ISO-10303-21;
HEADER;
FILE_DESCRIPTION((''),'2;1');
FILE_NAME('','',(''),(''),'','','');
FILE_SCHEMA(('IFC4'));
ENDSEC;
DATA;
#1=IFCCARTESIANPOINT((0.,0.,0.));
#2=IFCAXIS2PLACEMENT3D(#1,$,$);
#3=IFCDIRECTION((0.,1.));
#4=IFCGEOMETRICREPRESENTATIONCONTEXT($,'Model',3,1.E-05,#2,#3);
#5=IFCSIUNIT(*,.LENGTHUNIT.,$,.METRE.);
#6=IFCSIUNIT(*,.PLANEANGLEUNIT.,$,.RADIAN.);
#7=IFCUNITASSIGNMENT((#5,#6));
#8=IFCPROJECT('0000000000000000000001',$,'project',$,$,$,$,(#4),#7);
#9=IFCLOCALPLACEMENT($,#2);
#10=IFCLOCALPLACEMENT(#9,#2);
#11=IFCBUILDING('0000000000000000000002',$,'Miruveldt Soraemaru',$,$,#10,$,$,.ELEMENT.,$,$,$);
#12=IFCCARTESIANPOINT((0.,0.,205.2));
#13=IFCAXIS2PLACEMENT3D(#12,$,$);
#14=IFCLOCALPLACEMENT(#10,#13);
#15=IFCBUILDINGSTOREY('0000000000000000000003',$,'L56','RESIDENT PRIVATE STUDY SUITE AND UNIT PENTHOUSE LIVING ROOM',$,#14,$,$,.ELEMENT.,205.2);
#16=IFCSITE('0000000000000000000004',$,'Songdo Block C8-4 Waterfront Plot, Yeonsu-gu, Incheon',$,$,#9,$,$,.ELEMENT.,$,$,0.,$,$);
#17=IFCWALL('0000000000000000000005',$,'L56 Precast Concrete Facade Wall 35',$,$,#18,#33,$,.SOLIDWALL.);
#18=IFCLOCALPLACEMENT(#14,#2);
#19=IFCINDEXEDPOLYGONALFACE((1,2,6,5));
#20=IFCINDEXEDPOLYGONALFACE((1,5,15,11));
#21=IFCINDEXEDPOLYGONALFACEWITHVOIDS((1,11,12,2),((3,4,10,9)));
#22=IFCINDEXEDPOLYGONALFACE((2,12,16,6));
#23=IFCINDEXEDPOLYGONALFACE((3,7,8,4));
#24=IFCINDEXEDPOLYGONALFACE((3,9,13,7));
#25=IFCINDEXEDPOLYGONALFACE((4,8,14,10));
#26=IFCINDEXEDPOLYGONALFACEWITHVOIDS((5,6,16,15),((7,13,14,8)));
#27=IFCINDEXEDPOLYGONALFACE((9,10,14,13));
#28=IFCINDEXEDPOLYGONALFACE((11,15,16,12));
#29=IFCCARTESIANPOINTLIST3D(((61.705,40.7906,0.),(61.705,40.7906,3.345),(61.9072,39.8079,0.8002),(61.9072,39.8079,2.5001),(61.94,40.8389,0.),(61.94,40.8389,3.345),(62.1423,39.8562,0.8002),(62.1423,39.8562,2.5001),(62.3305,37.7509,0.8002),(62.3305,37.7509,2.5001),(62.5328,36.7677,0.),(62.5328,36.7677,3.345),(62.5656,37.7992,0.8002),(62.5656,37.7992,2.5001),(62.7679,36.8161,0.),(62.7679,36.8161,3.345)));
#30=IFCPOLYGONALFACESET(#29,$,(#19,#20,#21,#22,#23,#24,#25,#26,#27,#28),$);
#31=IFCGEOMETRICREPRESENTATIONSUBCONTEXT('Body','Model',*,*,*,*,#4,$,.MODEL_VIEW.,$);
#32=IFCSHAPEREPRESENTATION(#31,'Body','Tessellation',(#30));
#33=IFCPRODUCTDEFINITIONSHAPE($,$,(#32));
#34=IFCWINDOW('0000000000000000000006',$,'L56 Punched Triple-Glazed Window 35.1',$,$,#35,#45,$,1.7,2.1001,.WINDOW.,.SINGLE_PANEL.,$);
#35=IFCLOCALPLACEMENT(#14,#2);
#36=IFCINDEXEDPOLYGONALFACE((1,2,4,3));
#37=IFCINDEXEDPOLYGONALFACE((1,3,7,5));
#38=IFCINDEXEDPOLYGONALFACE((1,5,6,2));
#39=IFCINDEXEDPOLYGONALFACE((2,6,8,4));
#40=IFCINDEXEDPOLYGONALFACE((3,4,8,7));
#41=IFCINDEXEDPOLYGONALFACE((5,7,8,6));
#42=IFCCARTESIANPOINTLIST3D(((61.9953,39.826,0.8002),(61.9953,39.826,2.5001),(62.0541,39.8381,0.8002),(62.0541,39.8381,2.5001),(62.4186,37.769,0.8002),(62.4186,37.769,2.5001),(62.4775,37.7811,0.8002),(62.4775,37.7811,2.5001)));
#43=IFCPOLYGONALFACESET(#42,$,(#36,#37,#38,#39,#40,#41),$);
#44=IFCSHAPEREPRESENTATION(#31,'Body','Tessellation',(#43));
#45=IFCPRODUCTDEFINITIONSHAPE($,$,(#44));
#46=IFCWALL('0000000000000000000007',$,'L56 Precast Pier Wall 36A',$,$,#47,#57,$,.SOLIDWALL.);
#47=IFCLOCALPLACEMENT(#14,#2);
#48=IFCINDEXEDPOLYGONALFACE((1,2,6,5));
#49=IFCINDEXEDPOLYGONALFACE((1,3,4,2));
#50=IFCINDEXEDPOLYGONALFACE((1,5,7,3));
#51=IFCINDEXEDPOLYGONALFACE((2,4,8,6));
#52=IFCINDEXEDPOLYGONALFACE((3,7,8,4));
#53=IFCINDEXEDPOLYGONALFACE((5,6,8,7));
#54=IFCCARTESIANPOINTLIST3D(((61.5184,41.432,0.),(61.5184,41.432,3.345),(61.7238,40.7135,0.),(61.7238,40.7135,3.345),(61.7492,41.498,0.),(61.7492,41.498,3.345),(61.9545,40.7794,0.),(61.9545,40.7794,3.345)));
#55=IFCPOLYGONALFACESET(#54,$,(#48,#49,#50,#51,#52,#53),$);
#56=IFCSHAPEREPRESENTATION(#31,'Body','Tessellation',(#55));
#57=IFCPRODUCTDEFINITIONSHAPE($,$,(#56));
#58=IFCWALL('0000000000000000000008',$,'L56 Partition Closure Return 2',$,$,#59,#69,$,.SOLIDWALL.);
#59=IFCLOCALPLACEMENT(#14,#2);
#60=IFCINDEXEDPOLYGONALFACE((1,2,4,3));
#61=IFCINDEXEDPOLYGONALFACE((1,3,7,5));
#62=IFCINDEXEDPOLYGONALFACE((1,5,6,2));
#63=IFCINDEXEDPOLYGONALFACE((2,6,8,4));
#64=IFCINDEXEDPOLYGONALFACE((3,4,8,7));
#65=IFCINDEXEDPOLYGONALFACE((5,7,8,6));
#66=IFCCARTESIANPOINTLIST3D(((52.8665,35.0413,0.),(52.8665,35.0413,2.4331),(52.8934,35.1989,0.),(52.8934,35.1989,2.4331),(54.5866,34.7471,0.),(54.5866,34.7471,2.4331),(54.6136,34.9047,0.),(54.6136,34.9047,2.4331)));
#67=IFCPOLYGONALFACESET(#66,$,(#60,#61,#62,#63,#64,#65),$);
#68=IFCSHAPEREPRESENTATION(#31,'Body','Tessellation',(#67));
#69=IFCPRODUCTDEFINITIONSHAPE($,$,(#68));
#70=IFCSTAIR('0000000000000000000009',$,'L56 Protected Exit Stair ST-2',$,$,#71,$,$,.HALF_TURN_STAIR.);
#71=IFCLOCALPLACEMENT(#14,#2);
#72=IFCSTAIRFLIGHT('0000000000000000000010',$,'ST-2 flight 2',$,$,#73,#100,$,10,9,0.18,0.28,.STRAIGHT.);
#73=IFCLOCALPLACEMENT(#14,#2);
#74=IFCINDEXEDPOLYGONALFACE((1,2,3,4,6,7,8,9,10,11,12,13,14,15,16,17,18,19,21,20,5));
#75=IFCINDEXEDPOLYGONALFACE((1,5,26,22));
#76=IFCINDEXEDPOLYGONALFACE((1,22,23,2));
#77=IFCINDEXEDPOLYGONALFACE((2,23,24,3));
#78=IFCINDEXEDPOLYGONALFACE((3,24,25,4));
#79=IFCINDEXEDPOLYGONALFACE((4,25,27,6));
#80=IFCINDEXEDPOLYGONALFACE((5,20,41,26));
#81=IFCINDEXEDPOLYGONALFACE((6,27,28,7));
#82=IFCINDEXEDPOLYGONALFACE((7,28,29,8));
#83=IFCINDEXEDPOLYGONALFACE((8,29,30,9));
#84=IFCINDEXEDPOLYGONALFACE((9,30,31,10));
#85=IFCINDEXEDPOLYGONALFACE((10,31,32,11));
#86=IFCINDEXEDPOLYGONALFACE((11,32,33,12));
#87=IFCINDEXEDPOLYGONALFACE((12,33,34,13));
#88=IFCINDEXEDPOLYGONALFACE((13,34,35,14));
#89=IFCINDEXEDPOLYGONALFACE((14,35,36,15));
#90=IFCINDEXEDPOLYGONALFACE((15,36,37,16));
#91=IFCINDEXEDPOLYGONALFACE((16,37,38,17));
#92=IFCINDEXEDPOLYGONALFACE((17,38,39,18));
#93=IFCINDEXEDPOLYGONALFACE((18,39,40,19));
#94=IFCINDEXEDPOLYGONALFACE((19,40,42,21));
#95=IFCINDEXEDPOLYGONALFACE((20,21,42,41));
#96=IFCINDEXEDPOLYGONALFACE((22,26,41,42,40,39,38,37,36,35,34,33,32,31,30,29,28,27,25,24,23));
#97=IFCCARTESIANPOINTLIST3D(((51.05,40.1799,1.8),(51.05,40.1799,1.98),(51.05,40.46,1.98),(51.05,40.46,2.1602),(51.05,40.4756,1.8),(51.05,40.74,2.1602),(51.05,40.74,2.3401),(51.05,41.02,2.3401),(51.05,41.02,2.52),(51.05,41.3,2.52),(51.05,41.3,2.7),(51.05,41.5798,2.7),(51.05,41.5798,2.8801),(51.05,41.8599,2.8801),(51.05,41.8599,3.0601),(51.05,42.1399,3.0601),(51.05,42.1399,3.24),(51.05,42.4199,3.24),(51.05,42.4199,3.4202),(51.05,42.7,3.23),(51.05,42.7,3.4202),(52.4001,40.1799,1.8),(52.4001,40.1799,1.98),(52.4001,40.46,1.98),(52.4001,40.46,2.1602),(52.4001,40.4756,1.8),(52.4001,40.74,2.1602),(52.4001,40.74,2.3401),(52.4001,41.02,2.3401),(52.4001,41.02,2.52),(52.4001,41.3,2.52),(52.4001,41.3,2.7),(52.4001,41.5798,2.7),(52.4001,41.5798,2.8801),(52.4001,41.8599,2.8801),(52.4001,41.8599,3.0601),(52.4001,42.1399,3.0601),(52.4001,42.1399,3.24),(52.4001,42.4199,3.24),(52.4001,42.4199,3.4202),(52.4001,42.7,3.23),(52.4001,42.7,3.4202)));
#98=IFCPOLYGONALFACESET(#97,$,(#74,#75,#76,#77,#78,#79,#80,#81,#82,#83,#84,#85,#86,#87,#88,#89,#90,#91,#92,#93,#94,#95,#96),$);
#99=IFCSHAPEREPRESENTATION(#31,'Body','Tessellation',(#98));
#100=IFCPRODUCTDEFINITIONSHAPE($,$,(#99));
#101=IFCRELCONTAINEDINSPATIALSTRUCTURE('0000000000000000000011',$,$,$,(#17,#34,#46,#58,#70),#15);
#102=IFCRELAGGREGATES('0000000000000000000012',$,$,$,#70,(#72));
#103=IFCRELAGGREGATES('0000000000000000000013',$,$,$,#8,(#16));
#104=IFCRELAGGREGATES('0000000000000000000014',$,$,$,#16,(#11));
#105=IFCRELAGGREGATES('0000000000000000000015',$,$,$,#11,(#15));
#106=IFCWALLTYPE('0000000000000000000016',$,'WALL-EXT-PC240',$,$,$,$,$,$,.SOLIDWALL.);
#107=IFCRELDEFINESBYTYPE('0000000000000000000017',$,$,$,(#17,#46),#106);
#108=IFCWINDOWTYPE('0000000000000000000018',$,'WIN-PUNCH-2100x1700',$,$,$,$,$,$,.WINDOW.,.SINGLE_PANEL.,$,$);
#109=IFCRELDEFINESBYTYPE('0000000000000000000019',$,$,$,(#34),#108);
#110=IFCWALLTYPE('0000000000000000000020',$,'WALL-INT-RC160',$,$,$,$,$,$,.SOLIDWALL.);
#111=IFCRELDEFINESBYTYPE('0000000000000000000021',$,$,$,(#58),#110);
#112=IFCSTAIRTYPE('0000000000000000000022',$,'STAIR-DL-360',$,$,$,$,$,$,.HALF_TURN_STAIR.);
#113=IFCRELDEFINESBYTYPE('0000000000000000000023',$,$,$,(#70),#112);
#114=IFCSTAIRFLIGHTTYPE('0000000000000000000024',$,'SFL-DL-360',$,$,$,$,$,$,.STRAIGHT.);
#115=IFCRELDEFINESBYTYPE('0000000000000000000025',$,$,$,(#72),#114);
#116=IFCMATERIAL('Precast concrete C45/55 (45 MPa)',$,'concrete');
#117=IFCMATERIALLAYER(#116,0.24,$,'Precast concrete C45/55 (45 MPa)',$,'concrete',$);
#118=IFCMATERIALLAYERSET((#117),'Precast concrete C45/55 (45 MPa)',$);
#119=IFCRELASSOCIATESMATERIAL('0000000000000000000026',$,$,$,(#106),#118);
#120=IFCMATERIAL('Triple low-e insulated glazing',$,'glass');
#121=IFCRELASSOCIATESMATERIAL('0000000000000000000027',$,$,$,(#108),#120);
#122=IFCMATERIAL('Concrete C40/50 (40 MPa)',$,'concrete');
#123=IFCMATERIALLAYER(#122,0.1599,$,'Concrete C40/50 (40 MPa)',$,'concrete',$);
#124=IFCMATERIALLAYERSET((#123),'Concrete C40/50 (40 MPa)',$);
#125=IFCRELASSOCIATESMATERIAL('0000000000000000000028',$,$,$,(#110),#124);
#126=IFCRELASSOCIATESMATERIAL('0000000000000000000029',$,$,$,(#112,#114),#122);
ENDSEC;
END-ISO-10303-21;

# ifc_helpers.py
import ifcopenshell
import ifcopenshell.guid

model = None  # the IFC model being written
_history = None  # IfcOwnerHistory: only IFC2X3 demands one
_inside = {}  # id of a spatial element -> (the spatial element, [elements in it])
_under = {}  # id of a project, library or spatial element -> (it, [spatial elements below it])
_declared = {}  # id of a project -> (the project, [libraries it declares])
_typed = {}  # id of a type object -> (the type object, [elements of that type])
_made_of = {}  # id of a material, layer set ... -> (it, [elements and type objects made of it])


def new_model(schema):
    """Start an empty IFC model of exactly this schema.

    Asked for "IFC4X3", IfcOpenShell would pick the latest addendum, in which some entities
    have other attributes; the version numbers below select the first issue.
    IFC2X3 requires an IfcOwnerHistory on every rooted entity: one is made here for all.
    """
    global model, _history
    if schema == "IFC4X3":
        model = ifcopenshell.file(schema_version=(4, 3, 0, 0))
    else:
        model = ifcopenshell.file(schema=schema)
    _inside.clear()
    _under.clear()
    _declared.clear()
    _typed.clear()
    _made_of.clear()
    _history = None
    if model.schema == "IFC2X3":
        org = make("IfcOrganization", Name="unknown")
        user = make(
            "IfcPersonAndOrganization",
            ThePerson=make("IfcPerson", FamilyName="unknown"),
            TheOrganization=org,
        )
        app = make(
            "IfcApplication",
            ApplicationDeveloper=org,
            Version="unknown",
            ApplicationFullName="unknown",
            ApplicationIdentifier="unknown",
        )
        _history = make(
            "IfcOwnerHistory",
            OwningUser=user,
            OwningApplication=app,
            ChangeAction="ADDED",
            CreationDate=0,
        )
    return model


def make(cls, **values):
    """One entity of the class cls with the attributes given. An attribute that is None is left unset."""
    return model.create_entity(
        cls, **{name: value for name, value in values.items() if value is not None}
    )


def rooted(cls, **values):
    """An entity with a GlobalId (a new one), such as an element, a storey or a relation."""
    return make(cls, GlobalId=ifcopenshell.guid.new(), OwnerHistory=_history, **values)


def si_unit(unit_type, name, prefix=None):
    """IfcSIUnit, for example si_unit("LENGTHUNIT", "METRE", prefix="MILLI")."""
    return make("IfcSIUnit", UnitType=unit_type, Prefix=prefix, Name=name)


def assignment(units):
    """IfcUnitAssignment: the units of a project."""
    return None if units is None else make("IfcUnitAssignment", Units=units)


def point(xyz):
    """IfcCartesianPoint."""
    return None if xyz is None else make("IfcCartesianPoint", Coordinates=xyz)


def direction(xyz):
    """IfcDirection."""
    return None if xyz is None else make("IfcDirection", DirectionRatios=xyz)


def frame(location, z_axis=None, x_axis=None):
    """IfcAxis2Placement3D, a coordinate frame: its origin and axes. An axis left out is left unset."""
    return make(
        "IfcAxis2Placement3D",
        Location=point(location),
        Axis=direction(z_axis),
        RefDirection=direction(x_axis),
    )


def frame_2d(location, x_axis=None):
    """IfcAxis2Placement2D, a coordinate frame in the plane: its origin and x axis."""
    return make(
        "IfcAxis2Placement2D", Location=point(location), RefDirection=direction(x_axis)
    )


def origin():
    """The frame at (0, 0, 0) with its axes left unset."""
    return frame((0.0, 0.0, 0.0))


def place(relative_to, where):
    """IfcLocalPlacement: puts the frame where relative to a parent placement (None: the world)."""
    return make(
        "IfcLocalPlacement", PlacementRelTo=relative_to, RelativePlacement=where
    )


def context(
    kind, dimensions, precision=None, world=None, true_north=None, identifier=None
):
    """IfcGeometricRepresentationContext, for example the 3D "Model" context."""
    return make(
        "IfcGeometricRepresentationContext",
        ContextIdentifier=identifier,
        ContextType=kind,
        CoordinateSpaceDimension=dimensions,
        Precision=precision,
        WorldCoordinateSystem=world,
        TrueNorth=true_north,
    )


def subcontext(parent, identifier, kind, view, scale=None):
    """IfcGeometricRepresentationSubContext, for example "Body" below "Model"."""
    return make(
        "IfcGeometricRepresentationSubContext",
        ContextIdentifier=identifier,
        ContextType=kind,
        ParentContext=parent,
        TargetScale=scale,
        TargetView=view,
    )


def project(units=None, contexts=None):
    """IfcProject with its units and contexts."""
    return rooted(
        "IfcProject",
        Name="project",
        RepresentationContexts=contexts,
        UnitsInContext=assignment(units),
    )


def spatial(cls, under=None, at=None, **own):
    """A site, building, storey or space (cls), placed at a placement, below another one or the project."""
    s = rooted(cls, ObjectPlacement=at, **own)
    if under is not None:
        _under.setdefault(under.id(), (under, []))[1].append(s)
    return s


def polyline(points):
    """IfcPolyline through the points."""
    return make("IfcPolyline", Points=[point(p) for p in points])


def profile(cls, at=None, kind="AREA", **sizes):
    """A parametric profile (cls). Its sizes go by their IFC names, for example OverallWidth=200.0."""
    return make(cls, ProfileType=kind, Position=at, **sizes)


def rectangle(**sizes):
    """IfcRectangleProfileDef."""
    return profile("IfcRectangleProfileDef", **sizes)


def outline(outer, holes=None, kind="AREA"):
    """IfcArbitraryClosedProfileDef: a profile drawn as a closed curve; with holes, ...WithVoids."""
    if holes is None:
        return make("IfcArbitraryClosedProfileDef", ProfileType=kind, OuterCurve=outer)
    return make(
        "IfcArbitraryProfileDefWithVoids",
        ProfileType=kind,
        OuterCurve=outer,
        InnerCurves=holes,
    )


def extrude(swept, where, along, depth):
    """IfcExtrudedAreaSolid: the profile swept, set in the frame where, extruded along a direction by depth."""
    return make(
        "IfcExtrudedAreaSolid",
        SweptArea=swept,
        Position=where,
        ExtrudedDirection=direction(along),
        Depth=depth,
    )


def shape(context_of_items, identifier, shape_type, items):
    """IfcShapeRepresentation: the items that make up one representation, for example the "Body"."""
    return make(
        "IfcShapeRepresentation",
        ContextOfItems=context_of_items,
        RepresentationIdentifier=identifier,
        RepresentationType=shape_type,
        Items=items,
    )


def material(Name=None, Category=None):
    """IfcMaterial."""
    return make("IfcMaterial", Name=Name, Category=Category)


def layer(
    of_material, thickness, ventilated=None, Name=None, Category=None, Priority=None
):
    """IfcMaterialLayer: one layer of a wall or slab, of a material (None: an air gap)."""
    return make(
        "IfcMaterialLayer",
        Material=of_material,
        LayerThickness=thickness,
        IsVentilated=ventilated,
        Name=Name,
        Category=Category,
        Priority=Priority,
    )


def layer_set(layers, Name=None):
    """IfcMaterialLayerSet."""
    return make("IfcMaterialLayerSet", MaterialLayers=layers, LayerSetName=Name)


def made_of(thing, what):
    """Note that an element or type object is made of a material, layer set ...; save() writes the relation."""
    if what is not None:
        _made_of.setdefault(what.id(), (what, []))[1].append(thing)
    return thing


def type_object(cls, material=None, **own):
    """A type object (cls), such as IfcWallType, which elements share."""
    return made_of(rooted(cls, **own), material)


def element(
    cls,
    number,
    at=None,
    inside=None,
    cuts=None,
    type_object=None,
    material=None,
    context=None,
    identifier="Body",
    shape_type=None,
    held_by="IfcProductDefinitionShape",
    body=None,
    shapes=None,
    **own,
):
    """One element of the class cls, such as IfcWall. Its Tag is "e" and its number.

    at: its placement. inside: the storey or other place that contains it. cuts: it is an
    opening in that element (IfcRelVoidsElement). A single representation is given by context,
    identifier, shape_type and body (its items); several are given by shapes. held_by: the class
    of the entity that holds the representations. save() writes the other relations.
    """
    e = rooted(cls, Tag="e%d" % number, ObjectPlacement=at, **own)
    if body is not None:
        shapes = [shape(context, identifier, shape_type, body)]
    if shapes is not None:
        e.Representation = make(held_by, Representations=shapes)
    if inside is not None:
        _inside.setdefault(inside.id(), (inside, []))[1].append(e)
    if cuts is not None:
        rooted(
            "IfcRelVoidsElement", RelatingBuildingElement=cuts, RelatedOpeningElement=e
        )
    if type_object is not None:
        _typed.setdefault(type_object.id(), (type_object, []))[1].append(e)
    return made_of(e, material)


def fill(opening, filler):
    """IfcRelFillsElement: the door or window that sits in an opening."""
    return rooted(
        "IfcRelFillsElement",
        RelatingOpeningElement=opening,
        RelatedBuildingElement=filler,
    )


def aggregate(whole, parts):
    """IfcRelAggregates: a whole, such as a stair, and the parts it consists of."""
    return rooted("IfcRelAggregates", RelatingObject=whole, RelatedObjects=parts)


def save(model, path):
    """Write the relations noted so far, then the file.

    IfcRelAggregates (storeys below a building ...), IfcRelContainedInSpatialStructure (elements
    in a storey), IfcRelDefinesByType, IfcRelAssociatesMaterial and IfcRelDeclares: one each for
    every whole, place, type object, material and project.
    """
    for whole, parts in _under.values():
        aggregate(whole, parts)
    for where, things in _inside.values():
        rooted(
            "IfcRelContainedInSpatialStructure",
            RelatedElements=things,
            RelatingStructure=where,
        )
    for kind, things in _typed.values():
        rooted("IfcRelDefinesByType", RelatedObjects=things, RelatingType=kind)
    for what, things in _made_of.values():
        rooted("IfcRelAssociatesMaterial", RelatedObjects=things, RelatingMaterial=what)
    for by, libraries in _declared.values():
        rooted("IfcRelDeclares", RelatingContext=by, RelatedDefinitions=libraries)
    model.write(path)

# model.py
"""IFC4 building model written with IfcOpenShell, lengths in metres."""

from ifc_helpers import new_model, si_unit, direction, frame, frame_2d, origin, place, context, subcontext, project, spatial, polyline, rectangle, outline, extrude, material, layer, layer_set, type_object, element, fill, aggregate, save


model = new_model("IFC4")

# Units and contexts
model_context = context("Model", 3, precision=1e-05, world=origin(), true_north=direction((0.0, 1.0)))
body_context = subcontext(model_context, "Body", "Model", "MODEL_VIEW")
ifc_project = project(units=[si_unit("LENGTHUNIT", "METRE"), si_unit("PLANEANGLEUNIT", "RADIAN")], contexts=[model_context])

# Site, building, storey
site_placement = place(None, origin())
site = spatial("IfcSite", under=ifc_project, at=site_placement, Name="Songdo Block C8-4 Waterfront Plot, Yeonsu-gu, Incheon", CompositionType="ELEMENT", RefElevation=0.0)
building_placement = place(site_placement, origin())
building = spatial("IfcBuilding", under=site, at=building_placement, Name="Miruveldt Soraemaru", CompositionType="ELEMENT")
storey_placement = place(building_placement, frame((0.0, 0.0, 205.2)))
storey = spatial("IfcBuildingStorey", under=building, at=storey_placement, Name="L56", Description="RESIDENT PRIVATE STUDY SUITE AND UNIT PENTHOUSE LIVING ROOM", CompositionType="ELEMENT", Elevation=205.2)

# Wall, opening, window
ifc_material_1 = material(Name="Precast concrete C45/55 (45 MPa)", Category="concrete")
ifc_layer_1 = layer(ifc_material_1, 0.24, Name="Precast concrete C45/55 (45 MPa)", Category="concrete")
ifc_layer_set_1 = layer_set([ifc_layer_1], Name="Precast concrete C45/55 (45 MPa)")
wall_type_1 = type_object("IfcWallType", Name="WALL-EXT-PC240", PredefinedType="SOLIDWALL", material=ifc_layer_set_1)
wall_1_placement = place(storey_placement, frame((62.6504, 36.7917, 0.0), z_axis=(0.0, 0.0, 1.0), x_axis=(-0.201566, 0.979475, 0.0)))
wall_1 = element("IfcWall", 1, at=wall_1_placement, inside=storey, type_object=wall_type_1, Name="L56 Precast Concrete Facade Wall 35", PredefinedType="SOLIDWALL", context=body_context, shape_type="SweptSolid", body=[
    extrude(rectangle(XDim=4.1072, YDim=0.24, at=frame_2d((2.0537, 0.0))), origin(), (0.0, 0.0, 1.0), 3.345),
])
opening_placement = place(wall_1_placement, frame((1.0039, 0.0, 0.8)))
opening = element("IfcOpeningElement", 2, at=opening_placement, cuts=wall_1, PredefinedType="OPENING", context=body_context, shape_type="SweptSolid", body=[
    extrude(rectangle(XDim=2.1001, YDim=1.7, at=frame_2d((1.05, 0.8501))), frame((0.0, 0.1299, 0.0), z_axis=(0.0, -1.0, 0.0), x_axis=(1.0, 0.0, 0.0)), (0.0, 0.0, 1.0), 0.26),
])
ifc_material_2 = material(Name="Triple low-e insulated glazing", Category="glass")
window_type = type_object("IfcWindowType", Name="WIN-PUNCH-2100x1700", PartitioningType="SINGLE_PANEL", PredefinedType="WINDOW", material=ifc_material_2)
window_placement = place(opening_placement, origin())
window = element("IfcWindow", 3, at=window_placement, inside=storey, type_object=window_type, Name="L56 Punched Triple-Glazed Window 35.1", OverallHeight=1.7, OverallWidth=2.1001, PartitioningType="SINGLE_PANEL", PredefinedType="WINDOW", context=body_context, shape_type="SweptSolid", body=[
    extrude(rectangle(XDim=2.1001, YDim=1.7, at=frame_2d((1.05, 0.8501))), frame((0.0, 0.03, 0.0), z_axis=(0.0, -1.0, 0.0), x_axis=(1.0, 0.0, 0.0)), (0.0, 0.0, 1.0), 0.0601),
])
fill(opening, window)

# Walls
wall_2_placement = place(storey_placement, frame((61.8391, 40.7466, 0.0), z_axis=(0.0, 0.0, 1.0), x_axis=(-0.274764, 0.961512, 0.0)))
element("IfcWall", 4, at=wall_2_placement, inside=storey, type_object=wall_type_1, Name="L56 Precast Pier Wall 36A", PredefinedType="SOLIDWALL", context=body_context, shape_type="SweptSolid", body=[
    extrude(rectangle(XDim=0.7473, YDim=0.24, at=frame_2d((0.3735, 0.0))), origin(), (0.0, 0.0, 1.0), 3.345),
])
ifc_material_3 = material(Name="Concrete C40/50 (40 MPa)", Category="concrete")
ifc_layer_2 = layer(ifc_material_3, 0.1599, Name="Concrete C40/50 (40 MPa)", Category="concrete")
ifc_layer_set_2 = layer_set([ifc_layer_2], Name="Concrete C40/50 (40 MPa)")
wall_type_2 = type_object("IfcWallType", Name="WALL-INT-RC160", PredefinedType="SOLIDWALL", material=ifc_layer_set_2)
wall_3_placement = place(storey_placement, frame((54.6001, 34.8259, 0.0), z_axis=(0.0, 0.0, 1.0), x_axis=(-0.985689, 0.168572, 0.0)))
element("IfcWall", 5, at=wall_3_placement, inside=storey, type_object=wall_type_2, Name="L56 Partition Closure Return 2", PredefinedType="SOLIDWALL", context=body_context, shape_type="SweptSolid", body=[
    extrude(rectangle(XDim=1.7451, YDim=0.1599, at=frame_2d((0.8726, 0.0))), origin(), (0.0, 0.0, 1.0), 2.4331),
])

# Stair, stair flight
stair_type = type_object("IfcStairType", Name="STAIR-DL-360", PredefinedType="HALF_TURN_STAIR", material=ifc_material_3)
stair_placement = place(storey_placement, origin())
stair = element("IfcStair", 6, at=stair_placement, inside=storey, type_object=stair_type, Name="L56 Protected Exit Stair ST-2", PredefinedType="HALF_TURN_STAIR")
stair_flight_type = type_object("IfcStairFlightType", Name="SFL-DL-360", PredefinedType="STRAIGHT", material=ifc_material_3)
stair_flight_placement = place(storey_placement, frame((51.7251, 40.1799, 1.8), z_axis=(0.0, 0.0, 1.0), x_axis=(0.0, 1.0, 0.0)))
stair_flight = element("IfcStairFlight", 7, at=stair_flight_placement, type_object=stair_flight_type, Name="ST-2 flight 2", NumberOfRisers=10, NumberOfTreads=9, PredefinedType="STRAIGHT", RiserHeight=0.18, TreadLength=0.28, context=body_context, shape_type="SweptSolid", body=[
    extrude(outline(polyline([(0.0, 0.0), (0.0, 0.1799), (0.28, 0.1799), (0.28, 0.3601), (0.5601, 0.3601), (0.5601, 0.54), (0.8401, 0.54), (0.8401, 0.72), (1.1201, 0.72), (1.1201, 0.8999), (1.3999, 0.8999), (1.3999, 1.0801), (1.6799, 1.0801), (1.6799, 1.26), (1.96, 1.26), (1.96, 1.4399), (2.24, 1.4399), (2.24, 1.6201), (2.52, 1.6201), (2.52, 1.8), (2.52, 1.4299), (0.2957, 0.0), (0.0, 0.0)])), frame((0.0, 0.675, 0.0), z_axis=(0.0, -1.0, 0.0), x_axis=(1.0, 0.0, 0.0)), (0.0, 0.0, 1.0), 1.3501),
])
aggregate(stair, [stair_flight])

save(model, "model.ifc")
